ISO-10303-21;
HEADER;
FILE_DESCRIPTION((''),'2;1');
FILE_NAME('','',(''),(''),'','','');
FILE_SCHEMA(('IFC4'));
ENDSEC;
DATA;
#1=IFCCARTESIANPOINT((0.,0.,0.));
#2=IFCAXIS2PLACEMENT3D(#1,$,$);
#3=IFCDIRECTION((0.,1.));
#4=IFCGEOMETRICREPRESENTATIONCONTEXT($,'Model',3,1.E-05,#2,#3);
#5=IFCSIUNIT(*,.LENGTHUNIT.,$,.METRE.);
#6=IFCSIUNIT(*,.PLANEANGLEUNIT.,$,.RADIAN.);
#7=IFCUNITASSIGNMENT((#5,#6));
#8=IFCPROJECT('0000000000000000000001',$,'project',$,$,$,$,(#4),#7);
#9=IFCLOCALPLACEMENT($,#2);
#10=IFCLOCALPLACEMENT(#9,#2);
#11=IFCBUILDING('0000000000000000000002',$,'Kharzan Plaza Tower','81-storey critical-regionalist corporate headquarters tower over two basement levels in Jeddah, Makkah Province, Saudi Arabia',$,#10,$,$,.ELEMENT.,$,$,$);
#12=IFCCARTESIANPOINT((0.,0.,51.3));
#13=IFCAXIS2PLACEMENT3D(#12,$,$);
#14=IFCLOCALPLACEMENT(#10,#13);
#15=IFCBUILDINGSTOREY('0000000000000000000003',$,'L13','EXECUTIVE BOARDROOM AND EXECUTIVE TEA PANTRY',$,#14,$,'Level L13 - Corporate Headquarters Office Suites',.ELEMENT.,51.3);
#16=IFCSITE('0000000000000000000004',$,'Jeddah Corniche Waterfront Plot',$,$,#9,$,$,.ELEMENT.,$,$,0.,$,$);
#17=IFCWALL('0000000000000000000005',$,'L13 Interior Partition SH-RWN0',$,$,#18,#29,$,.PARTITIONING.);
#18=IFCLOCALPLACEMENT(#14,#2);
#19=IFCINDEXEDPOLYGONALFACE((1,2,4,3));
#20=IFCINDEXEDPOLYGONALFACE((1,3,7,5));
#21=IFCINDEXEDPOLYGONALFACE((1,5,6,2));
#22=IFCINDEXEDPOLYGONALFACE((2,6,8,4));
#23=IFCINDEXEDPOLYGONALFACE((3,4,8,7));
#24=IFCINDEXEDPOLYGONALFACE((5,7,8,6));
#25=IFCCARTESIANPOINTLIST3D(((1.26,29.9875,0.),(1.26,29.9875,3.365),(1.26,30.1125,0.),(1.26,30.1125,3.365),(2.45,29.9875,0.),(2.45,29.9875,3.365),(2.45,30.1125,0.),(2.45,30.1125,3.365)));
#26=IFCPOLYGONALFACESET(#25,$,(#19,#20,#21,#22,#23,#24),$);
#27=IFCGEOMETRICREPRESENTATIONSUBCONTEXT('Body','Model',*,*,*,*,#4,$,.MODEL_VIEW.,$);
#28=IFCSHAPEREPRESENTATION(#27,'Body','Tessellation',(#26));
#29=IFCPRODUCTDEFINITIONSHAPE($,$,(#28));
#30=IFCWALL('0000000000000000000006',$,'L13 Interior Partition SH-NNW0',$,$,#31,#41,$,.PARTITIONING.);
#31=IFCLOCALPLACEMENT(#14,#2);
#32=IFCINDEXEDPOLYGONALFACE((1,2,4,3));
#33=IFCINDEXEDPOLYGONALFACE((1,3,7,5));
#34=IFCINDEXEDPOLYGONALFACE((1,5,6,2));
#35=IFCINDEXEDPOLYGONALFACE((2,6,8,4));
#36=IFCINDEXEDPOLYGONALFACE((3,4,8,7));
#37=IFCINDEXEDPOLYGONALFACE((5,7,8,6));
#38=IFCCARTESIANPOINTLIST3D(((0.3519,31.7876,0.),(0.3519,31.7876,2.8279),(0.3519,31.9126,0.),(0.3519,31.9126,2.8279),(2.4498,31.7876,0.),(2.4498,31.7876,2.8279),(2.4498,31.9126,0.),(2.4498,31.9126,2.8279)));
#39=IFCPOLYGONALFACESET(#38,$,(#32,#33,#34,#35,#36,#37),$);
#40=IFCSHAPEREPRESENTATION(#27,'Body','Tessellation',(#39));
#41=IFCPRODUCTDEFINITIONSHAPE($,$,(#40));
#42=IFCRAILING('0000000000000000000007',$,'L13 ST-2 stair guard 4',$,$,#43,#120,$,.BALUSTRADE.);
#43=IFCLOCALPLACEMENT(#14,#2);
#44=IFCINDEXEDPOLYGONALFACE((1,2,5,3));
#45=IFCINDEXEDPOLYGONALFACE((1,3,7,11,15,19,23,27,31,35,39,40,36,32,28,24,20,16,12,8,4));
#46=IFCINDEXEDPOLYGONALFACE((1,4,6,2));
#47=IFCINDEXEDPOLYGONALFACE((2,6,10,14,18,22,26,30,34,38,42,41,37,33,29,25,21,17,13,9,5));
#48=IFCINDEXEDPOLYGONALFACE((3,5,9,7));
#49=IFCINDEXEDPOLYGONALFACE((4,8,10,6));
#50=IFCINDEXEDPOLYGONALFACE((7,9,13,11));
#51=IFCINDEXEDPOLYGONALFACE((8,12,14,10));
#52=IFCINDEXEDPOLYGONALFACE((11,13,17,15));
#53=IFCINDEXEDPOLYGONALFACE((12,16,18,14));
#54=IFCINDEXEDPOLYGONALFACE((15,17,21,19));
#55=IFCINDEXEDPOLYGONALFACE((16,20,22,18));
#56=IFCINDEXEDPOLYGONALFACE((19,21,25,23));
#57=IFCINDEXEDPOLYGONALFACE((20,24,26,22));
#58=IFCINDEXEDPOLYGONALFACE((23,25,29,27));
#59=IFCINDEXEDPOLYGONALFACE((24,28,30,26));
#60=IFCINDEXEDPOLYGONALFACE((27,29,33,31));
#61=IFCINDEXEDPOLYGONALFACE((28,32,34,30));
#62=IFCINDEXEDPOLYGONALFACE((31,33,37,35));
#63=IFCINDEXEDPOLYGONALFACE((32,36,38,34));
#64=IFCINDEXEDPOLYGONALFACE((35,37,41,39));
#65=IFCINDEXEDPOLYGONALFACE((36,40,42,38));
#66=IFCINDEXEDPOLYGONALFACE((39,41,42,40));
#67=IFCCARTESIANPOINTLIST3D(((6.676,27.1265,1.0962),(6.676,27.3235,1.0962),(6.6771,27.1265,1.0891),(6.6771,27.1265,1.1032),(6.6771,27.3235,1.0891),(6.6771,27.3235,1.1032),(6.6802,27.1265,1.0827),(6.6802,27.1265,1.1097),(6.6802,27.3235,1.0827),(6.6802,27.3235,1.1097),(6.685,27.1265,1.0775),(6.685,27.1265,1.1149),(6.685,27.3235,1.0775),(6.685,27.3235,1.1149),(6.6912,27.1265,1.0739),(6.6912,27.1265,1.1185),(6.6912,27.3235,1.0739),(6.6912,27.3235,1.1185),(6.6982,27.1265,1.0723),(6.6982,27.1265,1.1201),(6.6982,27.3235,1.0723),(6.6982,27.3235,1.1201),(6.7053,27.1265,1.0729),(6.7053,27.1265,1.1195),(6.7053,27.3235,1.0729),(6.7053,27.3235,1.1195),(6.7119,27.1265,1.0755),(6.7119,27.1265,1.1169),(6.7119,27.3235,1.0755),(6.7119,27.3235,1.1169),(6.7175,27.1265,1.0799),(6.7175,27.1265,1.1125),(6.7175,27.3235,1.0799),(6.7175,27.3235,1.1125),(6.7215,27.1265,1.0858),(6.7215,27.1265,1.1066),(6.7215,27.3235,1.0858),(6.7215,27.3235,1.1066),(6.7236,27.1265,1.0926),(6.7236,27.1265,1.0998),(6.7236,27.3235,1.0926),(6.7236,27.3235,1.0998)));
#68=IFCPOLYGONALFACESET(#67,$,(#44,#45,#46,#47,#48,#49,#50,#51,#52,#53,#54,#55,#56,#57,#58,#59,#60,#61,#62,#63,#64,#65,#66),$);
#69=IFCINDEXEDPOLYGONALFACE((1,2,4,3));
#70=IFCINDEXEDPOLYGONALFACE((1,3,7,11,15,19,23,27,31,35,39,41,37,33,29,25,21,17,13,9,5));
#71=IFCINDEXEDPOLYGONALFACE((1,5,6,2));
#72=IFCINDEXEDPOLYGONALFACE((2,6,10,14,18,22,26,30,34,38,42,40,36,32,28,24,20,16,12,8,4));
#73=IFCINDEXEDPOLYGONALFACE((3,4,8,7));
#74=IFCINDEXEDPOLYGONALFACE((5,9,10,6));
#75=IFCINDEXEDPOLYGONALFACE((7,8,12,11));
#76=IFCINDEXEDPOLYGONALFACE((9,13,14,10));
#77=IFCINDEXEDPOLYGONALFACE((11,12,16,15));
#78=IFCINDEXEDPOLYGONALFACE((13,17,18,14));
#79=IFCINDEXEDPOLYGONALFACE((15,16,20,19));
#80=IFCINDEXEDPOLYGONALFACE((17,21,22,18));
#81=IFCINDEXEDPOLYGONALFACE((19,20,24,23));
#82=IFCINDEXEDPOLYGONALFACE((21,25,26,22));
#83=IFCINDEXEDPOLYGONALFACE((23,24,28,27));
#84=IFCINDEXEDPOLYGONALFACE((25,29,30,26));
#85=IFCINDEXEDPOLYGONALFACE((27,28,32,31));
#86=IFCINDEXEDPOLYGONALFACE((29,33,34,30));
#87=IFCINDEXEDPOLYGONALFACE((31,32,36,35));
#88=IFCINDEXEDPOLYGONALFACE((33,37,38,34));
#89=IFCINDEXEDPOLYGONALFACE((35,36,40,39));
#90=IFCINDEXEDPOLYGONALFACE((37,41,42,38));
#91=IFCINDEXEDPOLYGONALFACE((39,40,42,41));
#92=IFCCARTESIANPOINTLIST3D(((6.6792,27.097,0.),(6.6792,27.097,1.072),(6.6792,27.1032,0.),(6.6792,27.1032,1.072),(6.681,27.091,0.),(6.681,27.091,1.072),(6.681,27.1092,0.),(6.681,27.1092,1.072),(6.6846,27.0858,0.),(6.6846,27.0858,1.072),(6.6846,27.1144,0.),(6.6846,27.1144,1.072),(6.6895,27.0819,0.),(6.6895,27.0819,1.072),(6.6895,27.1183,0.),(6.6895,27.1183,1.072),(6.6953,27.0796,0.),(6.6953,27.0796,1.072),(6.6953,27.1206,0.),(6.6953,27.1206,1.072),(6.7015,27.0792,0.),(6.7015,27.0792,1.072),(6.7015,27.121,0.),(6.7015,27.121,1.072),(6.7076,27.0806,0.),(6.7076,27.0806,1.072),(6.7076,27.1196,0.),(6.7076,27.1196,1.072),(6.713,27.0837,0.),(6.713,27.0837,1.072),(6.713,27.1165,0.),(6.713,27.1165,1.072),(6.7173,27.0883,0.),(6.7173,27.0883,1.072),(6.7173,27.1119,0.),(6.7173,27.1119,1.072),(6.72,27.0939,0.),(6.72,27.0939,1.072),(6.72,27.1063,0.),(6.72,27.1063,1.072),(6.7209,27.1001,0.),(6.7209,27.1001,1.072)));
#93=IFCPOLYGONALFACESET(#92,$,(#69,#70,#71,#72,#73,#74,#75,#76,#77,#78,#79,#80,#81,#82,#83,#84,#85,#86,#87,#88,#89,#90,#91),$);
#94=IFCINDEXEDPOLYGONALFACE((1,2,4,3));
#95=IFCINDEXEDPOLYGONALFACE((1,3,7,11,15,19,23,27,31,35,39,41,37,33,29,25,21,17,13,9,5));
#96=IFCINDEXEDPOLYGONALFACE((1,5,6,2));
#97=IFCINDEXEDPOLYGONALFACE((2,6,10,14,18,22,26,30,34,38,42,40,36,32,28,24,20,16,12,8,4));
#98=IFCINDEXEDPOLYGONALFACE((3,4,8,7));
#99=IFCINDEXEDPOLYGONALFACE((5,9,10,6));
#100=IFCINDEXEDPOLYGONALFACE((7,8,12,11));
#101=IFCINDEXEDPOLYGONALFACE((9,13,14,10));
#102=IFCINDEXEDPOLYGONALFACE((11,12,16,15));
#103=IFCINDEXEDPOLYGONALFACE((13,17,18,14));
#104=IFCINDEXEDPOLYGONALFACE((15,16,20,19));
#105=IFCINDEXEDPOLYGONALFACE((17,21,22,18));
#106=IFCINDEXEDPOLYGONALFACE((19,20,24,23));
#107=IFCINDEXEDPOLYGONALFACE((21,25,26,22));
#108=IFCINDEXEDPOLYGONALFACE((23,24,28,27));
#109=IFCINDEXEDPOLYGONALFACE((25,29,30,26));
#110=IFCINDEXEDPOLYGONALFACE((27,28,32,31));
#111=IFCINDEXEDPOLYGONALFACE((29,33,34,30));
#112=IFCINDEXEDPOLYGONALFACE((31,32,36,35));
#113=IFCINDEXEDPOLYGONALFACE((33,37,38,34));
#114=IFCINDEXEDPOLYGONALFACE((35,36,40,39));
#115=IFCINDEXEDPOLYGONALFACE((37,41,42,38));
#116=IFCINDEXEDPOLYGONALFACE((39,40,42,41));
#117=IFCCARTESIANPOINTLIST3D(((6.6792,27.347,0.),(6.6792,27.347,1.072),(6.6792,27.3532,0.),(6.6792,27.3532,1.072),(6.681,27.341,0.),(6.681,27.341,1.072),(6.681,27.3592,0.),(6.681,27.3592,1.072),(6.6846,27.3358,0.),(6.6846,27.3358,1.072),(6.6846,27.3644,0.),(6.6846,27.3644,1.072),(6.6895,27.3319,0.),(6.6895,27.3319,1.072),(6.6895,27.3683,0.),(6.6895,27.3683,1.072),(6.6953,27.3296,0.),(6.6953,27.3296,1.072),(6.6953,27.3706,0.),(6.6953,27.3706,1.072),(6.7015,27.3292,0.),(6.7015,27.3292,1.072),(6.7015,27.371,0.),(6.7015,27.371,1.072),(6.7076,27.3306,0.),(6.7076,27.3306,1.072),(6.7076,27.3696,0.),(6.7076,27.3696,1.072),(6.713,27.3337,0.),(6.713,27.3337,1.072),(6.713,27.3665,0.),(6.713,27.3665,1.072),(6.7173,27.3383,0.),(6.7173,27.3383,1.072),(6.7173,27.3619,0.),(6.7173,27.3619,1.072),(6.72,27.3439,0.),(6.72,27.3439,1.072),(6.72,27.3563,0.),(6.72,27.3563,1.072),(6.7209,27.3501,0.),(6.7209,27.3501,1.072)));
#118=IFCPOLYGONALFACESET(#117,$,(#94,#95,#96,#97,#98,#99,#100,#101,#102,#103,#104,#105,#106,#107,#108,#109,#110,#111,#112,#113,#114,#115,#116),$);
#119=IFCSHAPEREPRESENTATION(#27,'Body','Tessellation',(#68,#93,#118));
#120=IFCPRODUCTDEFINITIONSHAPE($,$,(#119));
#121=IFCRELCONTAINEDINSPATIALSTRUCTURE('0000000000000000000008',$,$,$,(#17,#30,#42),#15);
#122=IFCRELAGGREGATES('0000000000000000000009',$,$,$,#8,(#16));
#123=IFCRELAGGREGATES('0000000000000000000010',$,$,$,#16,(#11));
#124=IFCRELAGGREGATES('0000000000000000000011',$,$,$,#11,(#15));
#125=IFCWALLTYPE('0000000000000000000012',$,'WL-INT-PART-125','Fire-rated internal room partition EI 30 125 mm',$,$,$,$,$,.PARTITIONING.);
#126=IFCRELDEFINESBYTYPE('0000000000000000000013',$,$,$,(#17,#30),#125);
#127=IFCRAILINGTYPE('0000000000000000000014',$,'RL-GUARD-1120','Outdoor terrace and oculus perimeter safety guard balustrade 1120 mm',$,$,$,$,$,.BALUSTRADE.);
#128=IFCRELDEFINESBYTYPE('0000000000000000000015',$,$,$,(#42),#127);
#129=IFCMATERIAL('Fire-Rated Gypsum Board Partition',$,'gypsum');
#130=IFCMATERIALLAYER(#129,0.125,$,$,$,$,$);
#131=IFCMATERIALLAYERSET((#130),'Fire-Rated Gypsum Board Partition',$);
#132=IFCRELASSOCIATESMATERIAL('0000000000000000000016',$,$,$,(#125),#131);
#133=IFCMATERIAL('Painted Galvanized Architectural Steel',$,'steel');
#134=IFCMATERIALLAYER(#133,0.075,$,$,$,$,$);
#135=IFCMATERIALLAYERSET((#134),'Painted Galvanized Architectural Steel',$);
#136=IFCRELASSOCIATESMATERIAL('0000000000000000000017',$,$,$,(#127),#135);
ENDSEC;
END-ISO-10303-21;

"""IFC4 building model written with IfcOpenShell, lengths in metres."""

from ifc_helpers import new_model, si_unit, direction, frame, frame_2d, origin, origin_2d, place, context, subcontext, project, spatial, rectangle, circle, extrude, source, transform, mapped, material, layer, layer_set, type_object, element, save


model = new_model("IFC4")

# Units and contexts
model_context = context("Model", 3, precision=1e-05, world=origin(), true_north=direction((0.0, 1.0)))
body_context = subcontext(model_context, "Body", "Model", "MODEL_VIEW")
ifc_project = project(units=[si_unit("LENGTHUNIT", "METRE"), si_unit("PLANEANGLEUNIT", "RADIAN")], contexts=[model_context])

# Site, building, storey
site_placement = place(None, origin())
site = spatial("IfcSite", under=ifc_project, at=site_placement, Name="Jeddah Corniche Waterfront Plot", CompositionType="ELEMENT", RefElevation=0.0)
building_placement = place(site_placement, origin())
building = spatial("IfcBuilding", under=site, at=building_placement, Name="Kharzan Plaza Tower", Description="81-storey critical-regionalist corporate headquarters tower over two basement levels in Jeddah, Makkah Province, Saudi Arabia", CompositionType="ELEMENT")
storey_placement = place(building_placement, frame((0.0, 0.0, 51.3)))
storey = spatial("IfcBuildingStorey", under=building, at=storey_placement, Name="L13", Description="EXECUTIVE BOARDROOM AND EXECUTIVE TEA PANTRY", LongName="Level L13 - Corporate Headquarters Office Suites", CompositionType="ELEMENT", Elevation=51.3)

# Shared definitions
ifc_material_1 = material(Name="Fire-Rated Gypsum Board Partition", Category="gypsum")
ifc_layer_1 = layer(ifc_material_1, 0.125)
ifc_layer_set_1 = layer_set([ifc_layer_1], Name="Fire-Rated Gypsum Board Partition")
wall_type_1 = type_object("IfcWallType", Name="WL-INT-PART-125", Description="Fire-rated internal room partition EI 30 125 mm", PredefinedType="PARTITIONING", material=ifc_layer_set_1)

# Walls
shared_shape_1 = source(origin(), body_context, "Body", "SweptSolid", [
    extrude(rectangle(XDim=1.1899, YDim=0.125, at=frame_2d((0.595, 0.0))), origin(), (0.0, 0.0, 1.0), 3.365),
])
wall_1_placement = place(storey_placement, frame((1.26, 30.05, 0.0), z_axis=(0.0, 0.0, 1.0), x_axis=(1.0, 0.0, 0.0)))
element("IfcWall", 1, at=wall_1_placement, inside=storey, type_object=wall_type_1, Name="L13 Interior Partition SH-RWN0", PredefinedType="PARTITIONING", context=body_context, shape_type="MappedRepresentation", body=[
    mapped(shared_shape_1, transform((0.0, 0.0, 0.0), x_axis=(1.0, 0.0, 0.0), y_axis=(0.0, 1.0, 0.0), z_axis=(0.0, 0.0, 1.0))),
])
shared_shape_2 = source(origin(), body_context, "Body", "SweptSolid", [
    extrude(rectangle(XDim=2.0979, YDim=0.125, at=frame_2d((1.0488, 0.0))), origin(), (0.0, 0.0, 1.0), 2.8279),
])
wall_2_placement = place(storey_placement, frame((0.3521, 31.8501, 0.0), z_axis=(0.0, 0.0, 1.0), x_axis=(1.0, 0.0, 0.0)))
element("IfcWall", 2, at=wall_2_placement, inside=storey, type_object=wall_type_1, Name="L13 Interior Partition SH-NNW0", PredefinedType="PARTITIONING", context=body_context, shape_type="MappedRepresentation", body=[
    mapped(shared_shape_2, transform((0.0, 0.0, 0.0), x_axis=(1.0, 0.0, 0.0), y_axis=(0.0, 1.0, 0.0), z_axis=(0.0, 0.0, 1.0))),
])

# Railing
ifc_material_2 = material(Name="Painted Galvanized Architectural Steel", Category="steel")
ifc_layer_2 = layer(ifc_material_2, 0.075)
ifc_layer_set_2 = layer_set([ifc_layer_2], Name="Painted Galvanized Architectural Steel")
railing_type_1 = type_object("IfcRailingType", Name="RL-GUARD-1120", Description="Outdoor terrace and oculus perimeter safety guard balustrade 1120 mm", PredefinedType="BALUSTRADE", material=ifc_layer_set_2)
shared_shape_3 = source(origin(), body_context, "Body", "SweptSolid", [
    extrude(circle(Radius=0.0239, at=origin_2d()), frame((0.0, 0.0264, 1.0962), z_axis=(0.0, 1.0, 0.0), x_axis=(-1.0, 0.0, 0.0)), (0.0, 0.0, 1.0), 0.197),
    extrude(circle(Radius=0.021, at=origin_2d()), origin(), (0.0, 0.0, 1.0), 1.072),
    extrude(circle(Radius=0.021, at=origin_2d()), frame((0.0, 0.25, 0.0)), (0.0, 0.0, 1.0), 1.072),
])
railing_1_placement = place(storey_placement, frame((6.7, 27.1001, 0.0)))
element("IfcRailing", 3, at=railing_1_placement, inside=storey, type_object=railing_type_1, Name="L13 ST-2 stair guard 4", PredefinedType="BALUSTRADE", context=body_context, shape_type="MappedRepresentation", body=[
    mapped(shared_shape_3, transform((0.0, 0.0, 0.0), x_axis=(1.0, 0.0, 0.0), y_axis=(0.0, 1.0, 0.0), z_axis=(0.0, 0.0, 1.0))),
])

save(model, "model.ifc")
